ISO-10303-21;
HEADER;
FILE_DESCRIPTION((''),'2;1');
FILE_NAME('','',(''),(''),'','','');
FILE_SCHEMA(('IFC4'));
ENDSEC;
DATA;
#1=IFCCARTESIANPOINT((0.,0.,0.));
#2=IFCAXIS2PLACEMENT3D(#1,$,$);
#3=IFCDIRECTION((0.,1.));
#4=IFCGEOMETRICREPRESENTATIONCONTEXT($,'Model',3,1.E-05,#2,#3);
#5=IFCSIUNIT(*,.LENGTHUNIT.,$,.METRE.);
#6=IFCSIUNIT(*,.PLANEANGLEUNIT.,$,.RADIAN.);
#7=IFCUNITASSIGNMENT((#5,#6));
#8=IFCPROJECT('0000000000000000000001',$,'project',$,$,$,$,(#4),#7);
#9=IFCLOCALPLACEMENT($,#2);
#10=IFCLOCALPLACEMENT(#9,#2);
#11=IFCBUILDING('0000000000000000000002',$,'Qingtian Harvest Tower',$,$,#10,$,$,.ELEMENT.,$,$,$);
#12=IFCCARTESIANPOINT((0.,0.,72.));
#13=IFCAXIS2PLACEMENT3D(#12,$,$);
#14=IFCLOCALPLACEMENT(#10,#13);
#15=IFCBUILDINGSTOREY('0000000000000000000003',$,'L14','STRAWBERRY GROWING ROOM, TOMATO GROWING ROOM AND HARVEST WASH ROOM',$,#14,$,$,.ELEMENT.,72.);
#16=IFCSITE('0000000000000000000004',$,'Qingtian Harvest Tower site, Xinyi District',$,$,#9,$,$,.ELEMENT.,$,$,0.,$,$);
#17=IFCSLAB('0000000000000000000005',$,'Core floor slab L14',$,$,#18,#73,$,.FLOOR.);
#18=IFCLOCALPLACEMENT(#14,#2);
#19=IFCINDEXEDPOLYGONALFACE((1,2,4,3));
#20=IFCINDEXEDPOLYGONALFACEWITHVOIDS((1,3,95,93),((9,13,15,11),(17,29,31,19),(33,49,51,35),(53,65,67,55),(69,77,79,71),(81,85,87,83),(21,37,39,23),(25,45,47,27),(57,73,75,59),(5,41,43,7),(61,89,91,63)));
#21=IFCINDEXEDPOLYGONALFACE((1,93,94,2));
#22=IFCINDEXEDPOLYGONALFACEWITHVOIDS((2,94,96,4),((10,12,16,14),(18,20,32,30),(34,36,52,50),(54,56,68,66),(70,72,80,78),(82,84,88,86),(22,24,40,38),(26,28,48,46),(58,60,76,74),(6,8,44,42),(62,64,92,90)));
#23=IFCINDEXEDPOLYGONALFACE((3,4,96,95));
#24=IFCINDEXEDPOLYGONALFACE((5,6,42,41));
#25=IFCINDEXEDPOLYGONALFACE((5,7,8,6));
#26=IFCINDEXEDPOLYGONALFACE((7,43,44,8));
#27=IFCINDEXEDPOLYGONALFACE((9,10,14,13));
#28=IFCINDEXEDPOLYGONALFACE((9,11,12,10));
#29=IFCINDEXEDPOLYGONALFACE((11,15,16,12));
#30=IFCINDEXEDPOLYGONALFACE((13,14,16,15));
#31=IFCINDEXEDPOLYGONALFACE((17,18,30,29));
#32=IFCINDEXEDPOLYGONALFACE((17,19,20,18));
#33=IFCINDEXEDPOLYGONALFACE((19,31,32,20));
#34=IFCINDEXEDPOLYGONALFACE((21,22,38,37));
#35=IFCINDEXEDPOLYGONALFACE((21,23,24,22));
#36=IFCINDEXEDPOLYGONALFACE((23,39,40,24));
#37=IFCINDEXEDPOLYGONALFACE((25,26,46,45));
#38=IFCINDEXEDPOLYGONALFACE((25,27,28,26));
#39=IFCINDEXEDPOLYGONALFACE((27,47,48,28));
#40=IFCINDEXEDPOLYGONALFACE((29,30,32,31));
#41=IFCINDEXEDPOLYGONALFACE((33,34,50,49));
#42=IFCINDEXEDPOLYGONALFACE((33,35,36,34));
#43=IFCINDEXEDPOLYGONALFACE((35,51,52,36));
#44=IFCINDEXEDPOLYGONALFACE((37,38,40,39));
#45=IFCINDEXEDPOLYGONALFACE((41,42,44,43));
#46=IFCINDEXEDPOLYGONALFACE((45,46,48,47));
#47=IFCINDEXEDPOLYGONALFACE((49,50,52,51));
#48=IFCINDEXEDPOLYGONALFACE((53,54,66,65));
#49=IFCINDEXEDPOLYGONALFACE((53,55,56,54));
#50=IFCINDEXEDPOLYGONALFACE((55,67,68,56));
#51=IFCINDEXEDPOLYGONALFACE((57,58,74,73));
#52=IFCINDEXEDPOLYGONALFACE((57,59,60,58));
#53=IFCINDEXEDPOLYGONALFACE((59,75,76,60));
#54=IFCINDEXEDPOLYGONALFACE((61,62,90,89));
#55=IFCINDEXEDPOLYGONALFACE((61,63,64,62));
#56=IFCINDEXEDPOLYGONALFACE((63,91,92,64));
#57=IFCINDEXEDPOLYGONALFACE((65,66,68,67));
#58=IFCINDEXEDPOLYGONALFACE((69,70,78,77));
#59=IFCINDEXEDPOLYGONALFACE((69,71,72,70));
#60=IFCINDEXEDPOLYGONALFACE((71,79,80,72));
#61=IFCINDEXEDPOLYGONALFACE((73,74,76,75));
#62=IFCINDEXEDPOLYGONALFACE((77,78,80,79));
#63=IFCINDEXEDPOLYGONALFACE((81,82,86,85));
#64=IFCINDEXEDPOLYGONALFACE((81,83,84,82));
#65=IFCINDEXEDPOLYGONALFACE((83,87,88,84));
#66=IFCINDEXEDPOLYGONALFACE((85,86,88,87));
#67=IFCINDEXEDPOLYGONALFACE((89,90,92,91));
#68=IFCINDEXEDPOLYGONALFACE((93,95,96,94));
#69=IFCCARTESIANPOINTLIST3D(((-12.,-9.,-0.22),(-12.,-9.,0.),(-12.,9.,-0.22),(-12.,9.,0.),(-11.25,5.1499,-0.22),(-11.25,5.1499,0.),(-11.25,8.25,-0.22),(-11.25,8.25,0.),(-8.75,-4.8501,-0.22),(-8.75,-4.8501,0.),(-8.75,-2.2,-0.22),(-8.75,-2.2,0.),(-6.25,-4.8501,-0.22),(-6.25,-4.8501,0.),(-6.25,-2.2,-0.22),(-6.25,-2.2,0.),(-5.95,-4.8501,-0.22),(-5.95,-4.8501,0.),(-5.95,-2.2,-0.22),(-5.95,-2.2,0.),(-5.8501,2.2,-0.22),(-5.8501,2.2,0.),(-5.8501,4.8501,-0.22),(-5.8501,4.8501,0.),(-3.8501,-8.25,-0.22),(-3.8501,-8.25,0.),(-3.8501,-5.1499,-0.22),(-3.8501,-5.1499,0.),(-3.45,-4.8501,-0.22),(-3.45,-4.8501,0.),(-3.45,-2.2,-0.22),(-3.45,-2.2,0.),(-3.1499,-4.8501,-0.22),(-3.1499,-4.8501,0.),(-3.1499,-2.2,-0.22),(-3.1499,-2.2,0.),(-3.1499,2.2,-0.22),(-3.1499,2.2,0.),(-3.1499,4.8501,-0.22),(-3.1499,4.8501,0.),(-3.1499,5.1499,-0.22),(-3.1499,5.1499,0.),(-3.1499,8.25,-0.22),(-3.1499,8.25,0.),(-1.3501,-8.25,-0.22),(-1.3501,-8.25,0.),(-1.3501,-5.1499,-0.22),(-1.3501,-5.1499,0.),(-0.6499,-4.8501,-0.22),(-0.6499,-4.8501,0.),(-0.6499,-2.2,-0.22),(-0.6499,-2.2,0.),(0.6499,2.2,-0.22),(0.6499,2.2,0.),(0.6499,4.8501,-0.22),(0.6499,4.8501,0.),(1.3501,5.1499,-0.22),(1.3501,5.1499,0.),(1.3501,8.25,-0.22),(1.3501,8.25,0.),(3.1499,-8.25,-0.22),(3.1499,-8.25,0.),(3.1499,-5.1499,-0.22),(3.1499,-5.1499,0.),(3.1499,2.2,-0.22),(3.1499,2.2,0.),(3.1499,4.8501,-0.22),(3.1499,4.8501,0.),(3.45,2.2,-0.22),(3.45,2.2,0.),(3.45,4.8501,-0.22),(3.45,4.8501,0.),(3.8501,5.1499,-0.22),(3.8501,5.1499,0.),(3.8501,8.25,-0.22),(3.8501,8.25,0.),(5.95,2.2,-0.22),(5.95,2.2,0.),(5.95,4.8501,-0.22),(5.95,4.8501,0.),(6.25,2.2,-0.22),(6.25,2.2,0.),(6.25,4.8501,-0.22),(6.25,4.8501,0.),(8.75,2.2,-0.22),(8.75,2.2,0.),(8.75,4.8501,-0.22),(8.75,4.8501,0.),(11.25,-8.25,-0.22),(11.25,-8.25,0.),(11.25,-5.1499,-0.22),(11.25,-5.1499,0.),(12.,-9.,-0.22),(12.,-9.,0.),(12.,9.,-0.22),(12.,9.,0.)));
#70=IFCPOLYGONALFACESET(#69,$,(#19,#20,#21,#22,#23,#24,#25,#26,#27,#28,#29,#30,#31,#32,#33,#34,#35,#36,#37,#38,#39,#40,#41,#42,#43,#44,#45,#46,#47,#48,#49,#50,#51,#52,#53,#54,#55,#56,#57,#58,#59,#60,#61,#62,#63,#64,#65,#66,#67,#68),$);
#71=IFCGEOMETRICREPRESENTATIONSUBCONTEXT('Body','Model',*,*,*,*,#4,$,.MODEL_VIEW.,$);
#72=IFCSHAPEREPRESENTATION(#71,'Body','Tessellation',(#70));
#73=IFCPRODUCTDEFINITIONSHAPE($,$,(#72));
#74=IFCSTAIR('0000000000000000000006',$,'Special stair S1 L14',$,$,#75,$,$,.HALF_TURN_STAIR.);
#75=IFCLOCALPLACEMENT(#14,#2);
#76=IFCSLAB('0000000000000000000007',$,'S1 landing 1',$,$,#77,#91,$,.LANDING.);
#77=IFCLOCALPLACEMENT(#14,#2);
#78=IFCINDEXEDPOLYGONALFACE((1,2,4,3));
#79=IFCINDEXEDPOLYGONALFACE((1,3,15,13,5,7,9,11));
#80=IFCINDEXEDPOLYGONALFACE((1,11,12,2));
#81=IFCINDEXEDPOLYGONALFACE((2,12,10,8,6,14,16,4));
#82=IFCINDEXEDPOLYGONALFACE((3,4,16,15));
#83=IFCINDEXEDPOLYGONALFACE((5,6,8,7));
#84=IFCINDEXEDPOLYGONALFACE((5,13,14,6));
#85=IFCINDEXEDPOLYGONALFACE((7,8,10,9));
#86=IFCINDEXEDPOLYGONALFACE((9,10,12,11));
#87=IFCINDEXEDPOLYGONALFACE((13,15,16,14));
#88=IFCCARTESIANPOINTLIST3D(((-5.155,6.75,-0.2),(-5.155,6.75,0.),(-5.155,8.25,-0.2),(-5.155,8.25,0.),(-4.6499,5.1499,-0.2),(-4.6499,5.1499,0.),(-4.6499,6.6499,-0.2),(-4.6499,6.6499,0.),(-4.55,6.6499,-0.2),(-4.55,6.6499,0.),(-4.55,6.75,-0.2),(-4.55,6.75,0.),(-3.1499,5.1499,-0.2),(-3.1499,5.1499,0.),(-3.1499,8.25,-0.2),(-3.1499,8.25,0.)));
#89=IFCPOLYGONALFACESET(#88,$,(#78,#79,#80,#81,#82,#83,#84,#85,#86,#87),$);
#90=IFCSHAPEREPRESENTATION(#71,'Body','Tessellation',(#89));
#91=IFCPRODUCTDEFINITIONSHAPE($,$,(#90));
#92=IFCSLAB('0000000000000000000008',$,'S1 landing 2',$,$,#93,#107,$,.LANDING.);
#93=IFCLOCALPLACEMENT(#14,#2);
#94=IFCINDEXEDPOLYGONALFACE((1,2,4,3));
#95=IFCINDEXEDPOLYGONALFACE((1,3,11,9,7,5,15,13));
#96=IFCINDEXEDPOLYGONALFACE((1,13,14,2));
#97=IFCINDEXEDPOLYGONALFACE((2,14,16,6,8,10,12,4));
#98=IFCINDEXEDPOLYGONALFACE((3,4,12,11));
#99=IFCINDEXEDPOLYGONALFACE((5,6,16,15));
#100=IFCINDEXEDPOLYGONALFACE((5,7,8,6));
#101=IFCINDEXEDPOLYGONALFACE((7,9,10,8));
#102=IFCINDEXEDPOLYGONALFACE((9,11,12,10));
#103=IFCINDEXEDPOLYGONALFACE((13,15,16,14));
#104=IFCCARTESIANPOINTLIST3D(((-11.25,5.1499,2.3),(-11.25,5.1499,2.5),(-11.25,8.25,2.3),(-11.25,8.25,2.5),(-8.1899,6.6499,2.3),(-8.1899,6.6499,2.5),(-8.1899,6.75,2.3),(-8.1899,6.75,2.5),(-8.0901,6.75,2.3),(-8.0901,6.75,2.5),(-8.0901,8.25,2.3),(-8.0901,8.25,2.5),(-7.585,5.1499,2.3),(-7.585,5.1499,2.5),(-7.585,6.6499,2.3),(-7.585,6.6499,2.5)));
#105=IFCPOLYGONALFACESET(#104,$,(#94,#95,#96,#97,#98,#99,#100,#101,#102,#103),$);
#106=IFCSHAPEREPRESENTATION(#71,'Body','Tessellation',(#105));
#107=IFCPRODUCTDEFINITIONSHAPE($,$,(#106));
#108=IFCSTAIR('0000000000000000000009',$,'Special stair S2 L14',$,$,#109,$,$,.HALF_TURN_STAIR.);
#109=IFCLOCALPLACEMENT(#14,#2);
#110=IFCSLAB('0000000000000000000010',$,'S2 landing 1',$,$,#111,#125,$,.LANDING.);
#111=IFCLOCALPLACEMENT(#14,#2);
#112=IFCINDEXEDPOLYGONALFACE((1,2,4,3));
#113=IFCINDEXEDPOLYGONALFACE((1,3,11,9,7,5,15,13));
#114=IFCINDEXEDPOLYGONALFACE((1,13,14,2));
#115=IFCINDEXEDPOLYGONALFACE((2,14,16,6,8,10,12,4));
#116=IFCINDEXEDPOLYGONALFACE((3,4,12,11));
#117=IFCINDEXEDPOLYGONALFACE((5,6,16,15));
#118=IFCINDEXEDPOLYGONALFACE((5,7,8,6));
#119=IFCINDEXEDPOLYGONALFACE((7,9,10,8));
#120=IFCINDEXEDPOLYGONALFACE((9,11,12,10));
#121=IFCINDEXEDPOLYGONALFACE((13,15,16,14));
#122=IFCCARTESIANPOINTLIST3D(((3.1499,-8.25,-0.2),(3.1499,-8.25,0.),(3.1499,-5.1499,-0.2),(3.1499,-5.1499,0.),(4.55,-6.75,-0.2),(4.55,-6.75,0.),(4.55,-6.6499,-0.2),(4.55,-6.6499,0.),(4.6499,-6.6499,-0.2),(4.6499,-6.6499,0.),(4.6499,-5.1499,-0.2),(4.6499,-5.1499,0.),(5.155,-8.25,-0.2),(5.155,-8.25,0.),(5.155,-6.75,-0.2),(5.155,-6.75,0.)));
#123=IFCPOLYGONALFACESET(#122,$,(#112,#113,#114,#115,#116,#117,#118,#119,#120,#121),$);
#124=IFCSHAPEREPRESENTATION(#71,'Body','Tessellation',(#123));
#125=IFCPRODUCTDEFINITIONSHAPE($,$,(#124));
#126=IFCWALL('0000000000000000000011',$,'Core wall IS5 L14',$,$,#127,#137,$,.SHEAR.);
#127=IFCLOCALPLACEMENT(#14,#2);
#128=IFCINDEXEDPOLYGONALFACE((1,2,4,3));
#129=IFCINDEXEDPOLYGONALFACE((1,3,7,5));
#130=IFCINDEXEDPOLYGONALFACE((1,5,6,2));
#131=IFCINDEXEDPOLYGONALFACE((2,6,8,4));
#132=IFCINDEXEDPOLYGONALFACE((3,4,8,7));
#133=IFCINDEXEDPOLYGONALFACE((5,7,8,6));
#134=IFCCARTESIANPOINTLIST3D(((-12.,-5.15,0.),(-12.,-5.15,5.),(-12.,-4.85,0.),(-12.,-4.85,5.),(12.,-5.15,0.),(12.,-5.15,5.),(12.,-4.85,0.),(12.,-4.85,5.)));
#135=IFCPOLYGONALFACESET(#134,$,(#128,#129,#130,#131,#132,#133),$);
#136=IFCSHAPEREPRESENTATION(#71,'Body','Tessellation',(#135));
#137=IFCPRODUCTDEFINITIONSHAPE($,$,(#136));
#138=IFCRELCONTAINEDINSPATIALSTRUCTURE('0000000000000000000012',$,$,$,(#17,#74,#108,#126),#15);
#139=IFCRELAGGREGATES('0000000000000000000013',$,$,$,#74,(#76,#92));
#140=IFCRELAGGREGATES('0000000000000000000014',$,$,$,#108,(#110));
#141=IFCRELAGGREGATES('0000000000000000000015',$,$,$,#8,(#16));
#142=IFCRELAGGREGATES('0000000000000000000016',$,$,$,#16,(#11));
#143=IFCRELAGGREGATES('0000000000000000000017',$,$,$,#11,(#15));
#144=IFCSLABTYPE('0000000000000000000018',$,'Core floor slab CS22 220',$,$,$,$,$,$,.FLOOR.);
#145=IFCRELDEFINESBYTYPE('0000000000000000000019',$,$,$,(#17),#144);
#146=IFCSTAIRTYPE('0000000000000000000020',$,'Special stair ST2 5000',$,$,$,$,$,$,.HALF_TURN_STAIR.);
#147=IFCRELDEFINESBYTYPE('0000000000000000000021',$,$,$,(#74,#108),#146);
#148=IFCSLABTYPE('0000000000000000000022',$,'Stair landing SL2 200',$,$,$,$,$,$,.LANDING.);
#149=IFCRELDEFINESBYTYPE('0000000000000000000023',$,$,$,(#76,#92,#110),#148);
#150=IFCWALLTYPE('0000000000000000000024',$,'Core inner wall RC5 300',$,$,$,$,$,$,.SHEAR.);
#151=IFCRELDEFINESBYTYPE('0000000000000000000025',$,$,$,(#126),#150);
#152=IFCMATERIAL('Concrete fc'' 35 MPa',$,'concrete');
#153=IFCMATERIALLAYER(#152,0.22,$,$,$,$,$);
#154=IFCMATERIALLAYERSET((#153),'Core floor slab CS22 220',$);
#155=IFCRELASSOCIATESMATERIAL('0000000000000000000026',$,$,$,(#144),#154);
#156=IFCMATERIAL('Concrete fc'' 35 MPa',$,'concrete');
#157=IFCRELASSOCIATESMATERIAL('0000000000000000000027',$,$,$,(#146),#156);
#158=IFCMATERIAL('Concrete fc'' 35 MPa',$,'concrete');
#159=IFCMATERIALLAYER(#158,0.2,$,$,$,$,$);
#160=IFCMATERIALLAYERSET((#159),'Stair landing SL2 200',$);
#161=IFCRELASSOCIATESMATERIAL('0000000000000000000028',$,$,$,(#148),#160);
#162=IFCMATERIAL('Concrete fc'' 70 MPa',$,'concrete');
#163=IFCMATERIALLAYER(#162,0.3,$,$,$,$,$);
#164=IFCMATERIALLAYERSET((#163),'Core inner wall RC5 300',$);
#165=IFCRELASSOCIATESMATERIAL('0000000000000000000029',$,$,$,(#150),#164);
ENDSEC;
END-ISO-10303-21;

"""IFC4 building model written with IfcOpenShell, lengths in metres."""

from ifc_helpers import new_model, si_unit, direction, frame, frame_2d, origin, place, context, subcontext, project, spatial, polyline, rectangle, outline, extrude, material, layer, layer_set, type_object, element, aggregate, save


model = new_model("IFC4")

# Units and contexts
model_context = context("Model", 3, precision=1e-05, world=origin(), true_north=direction((0.0, 1.0)))
body_context = subcontext(model_context, "Body", "Model", "MODEL_VIEW")
ifc_project = project(units=[si_unit("LENGTHUNIT", "METRE"), si_unit("PLANEANGLEUNIT", "RADIAN")], contexts=[model_context])

# Site, building, storey
site_placement = place(None, origin())
site = spatial("IfcSite", under=ifc_project, at=site_placement, Name="Qingtian Harvest Tower site, Xinyi District", CompositionType="ELEMENT", RefElevation=0.0)
building_placement = place(site_placement, origin())
building = spatial("IfcBuilding", under=site, at=building_placement, Name="Qingtian Harvest Tower", CompositionType="ELEMENT")
storey_placement = place(building_placement, frame((0.0, 0.0, 72.0)))
storey = spatial("IfcBuildingStorey", under=building, at=storey_placement, Name="L14", Description="STRAWBERRY GROWING ROOM, TOMATO GROWING ROOM AND HARVEST WASH ROOM", CompositionType="ELEMENT", Elevation=72.0)

# Slab
ifc_material_1 = material(Name="Concrete fc' 35 MPa", Category="concrete")
ifc_layer_1 = layer(ifc_material_1, 0.22)
ifc_layer_set_1 = layer_set([ifc_layer_1], Name="Core floor slab CS22 220")
slab_type_1 = type_object("IfcSlabType", Name="Core floor slab CS22 220", PredefinedType="FLOOR", material=ifc_layer_set_1)
slab_1_placement = place(storey_placement, frame((0.0, 0.0, -0.22)))
element("IfcSlab", 1, at=slab_1_placement, inside=storey, type_object=slab_type_1, Name="Core floor slab L14", PredefinedType="FLOOR", context=body_context, shape_type="SweptSolid", body=[
    extrude(outline(polyline([(-12.0, -9.0), (12.0, -9.0), (12.0, 9.0), (-12.0, 9.0), (-12.0, -9.0)]), holes=[polyline([(-11.25, 5.1499), (-3.1499, 5.1499), (-3.1499, 8.25), (-11.25, 8.25), (-11.25, 5.1499)]), polyline([(3.1499, -8.25), (11.25, -8.25), (11.25, -5.1499), (3.1499, -5.1499), (3.1499, -8.25)]), polyline([(1.3501, 5.1499), (3.8501, 5.1499), (3.8501, 8.25), (1.3501, 8.25), (1.3501, 5.1499)]), polyline([(-3.8501, -8.25), (-1.3501, -8.25), (-1.3501, -5.1499), (-3.8501, -5.1499), (-3.8501, -8.25)]), polyline([(-5.8501, 2.2), (-3.1499, 2.2), (-3.1499, 4.8501), (-5.8501, 4.8501), (-5.8501, 2.2)]), polyline([(0.6499, 2.2), (3.1499, 2.2), (3.1499, 4.8501), (0.6499, 4.8501), (0.6499, 2.2)]), polyline([(3.45, 2.2), (5.95, 2.2), (5.95, 4.8501), (3.45, 4.8501), (3.45, 2.2)]), polyline([(6.25, 2.2), (8.75, 2.2), (8.75, 4.8501), (6.25, 4.8501), (6.25, 2.2)]), polyline([(-8.75, -4.8501), (-6.25, -4.8501), (-6.25, -2.2), (-8.75, -2.2), (-8.75, -4.8501)]), polyline([(-5.95, -4.8501), (-3.45, -4.8501), (-3.45, -2.2), (-5.95, -2.2), (-5.95, -4.8501)]), polyline([(-3.1499, -4.8501), (-0.6499, -4.8501), (-0.6499, -2.2), (-3.1499, -2.2), (-3.1499, -4.8501)])]), origin(), (0.0, 0.0, 1.0), 0.22),
])

# Stair, slabs
ifc_material_2 = material(Name="Concrete fc' 35 MPa", Category="concrete")
stair_type = type_object("IfcStairType", Name="Special stair ST2 5000", PredefinedType="HALF_TURN_STAIR", material=ifc_material_2)
stair_1_placement = place(storey_placement, origin())
stair_1 = element("IfcStair", 2, at=stair_1_placement, inside=storey, type_object=stair_type, Name="Special stair S1 L14", PredefinedType="HALF_TURN_STAIR")
ifc_material_3 = material(Name="Concrete fc' 35 MPa", Category="concrete")
ifc_layer_2 = layer(ifc_material_3, 0.2)
ifc_layer_set_2 = layer_set([ifc_layer_2], Name="Stair landing SL2 200")
slab_type_2 = type_object("IfcSlabType", Name="Stair landing SL2 200", PredefinedType="LANDING", material=ifc_layer_set_2)
slab_2_placement = place(storey_placement, frame((0.0, 0.0, -0.2)))
slab_2 = element("IfcSlab", 3, at=slab_2_placement, type_object=slab_type_2, Name="S1 landing 1", PredefinedType="LANDING", context=body_context, shape_type="SweptSolid", body=[
    extrude(outline(polyline([(-4.6499, 5.1499), (-4.6499, 6.6499), (-4.55, 6.6499), (-4.55, 6.75), (-5.155, 6.75), (-5.155, 8.25), (-3.1499, 8.25), (-3.1499, 5.1499), (-4.6499, 5.1499)])), origin(), (0.0, 0.0, 1.0), 0.2),
])
slab_3_placement = place(storey_placement, frame((0.0, 0.0, 2.3)))
slab_3 = element("IfcSlab", 4, at=slab_3_placement, type_object=slab_type_2, Name="S1 landing 2", PredefinedType="LANDING", context=body_context, shape_type="SweptSolid", body=[
    extrude(outline(polyline([(-7.585, 5.1499), (-11.25, 5.1499), (-11.25, 8.25), (-8.0901, 8.25), (-8.0901, 6.75), (-8.1899, 6.75), (-8.1899, 6.6499), (-7.585, 6.6499), (-7.585, 5.1499)])), origin(), (0.0, 0.0, 1.0), 0.2),
])
aggregate(stair_1, [slab_2, slab_3])

# Stair, slab
stair_2_placement = place(storey_placement, origin())
stair_2 = element("IfcStair", 5, at=stair_2_placement, inside=storey, type_object=stair_type, Name="Special stair S2 L14", PredefinedType="HALF_TURN_STAIR")
slab_4_placement = place(storey_placement, frame((0.0, 0.0, -0.2)))
slab_4 = element("IfcSlab", 6, at=slab_4_placement, type_object=slab_type_2, Name="S2 landing 1", PredefinedType="LANDING", context=body_context, shape_type="SweptSolid", body=[
    extrude(outline(polyline([(5.155, -8.25), (3.1499, -8.25), (3.1499, -5.1499), (4.6499, -5.1499), (4.6499, -6.6499), (4.55, -6.6499), (4.55, -6.75), (5.155, -6.75), (5.155, -8.25)])), origin(), (0.0, 0.0, 1.0), 0.2),
])
aggregate(stair_2, [slab_4])

# Wall
ifc_material_4 = material(Name="Concrete fc' 70 MPa", Category="concrete")
ifc_layer_3 = layer(ifc_material_4, 0.3)
ifc_layer_set_3 = layer_set([ifc_layer_3], Name="Core inner wall RC5 300")
wall_type_1 = type_object("IfcWallType", Name="Core inner wall RC5 300", PredefinedType="SHEAR", material=ifc_layer_set_3)
wall_1_placement = place(storey_placement, frame((-12.0, -5.0, 0.0), z_axis=(0.0, 0.0, 1.0), x_axis=(1.0, 0.0, 0.0)))
element("IfcWall", 7, at=wall_1_placement, inside=storey, type_object=wall_type_1, Name="Core wall IS5 L14", PredefinedType="SHEAR", context=body_context, shape_type="SweptSolid", body=[
    extrude(rectangle(XDim=24.0, YDim=0.3, at=frame_2d((12.0, 0.0))), origin(), (0.0, 0.0, 1.0), 5.0),
])

save(model, "model.ifc")
